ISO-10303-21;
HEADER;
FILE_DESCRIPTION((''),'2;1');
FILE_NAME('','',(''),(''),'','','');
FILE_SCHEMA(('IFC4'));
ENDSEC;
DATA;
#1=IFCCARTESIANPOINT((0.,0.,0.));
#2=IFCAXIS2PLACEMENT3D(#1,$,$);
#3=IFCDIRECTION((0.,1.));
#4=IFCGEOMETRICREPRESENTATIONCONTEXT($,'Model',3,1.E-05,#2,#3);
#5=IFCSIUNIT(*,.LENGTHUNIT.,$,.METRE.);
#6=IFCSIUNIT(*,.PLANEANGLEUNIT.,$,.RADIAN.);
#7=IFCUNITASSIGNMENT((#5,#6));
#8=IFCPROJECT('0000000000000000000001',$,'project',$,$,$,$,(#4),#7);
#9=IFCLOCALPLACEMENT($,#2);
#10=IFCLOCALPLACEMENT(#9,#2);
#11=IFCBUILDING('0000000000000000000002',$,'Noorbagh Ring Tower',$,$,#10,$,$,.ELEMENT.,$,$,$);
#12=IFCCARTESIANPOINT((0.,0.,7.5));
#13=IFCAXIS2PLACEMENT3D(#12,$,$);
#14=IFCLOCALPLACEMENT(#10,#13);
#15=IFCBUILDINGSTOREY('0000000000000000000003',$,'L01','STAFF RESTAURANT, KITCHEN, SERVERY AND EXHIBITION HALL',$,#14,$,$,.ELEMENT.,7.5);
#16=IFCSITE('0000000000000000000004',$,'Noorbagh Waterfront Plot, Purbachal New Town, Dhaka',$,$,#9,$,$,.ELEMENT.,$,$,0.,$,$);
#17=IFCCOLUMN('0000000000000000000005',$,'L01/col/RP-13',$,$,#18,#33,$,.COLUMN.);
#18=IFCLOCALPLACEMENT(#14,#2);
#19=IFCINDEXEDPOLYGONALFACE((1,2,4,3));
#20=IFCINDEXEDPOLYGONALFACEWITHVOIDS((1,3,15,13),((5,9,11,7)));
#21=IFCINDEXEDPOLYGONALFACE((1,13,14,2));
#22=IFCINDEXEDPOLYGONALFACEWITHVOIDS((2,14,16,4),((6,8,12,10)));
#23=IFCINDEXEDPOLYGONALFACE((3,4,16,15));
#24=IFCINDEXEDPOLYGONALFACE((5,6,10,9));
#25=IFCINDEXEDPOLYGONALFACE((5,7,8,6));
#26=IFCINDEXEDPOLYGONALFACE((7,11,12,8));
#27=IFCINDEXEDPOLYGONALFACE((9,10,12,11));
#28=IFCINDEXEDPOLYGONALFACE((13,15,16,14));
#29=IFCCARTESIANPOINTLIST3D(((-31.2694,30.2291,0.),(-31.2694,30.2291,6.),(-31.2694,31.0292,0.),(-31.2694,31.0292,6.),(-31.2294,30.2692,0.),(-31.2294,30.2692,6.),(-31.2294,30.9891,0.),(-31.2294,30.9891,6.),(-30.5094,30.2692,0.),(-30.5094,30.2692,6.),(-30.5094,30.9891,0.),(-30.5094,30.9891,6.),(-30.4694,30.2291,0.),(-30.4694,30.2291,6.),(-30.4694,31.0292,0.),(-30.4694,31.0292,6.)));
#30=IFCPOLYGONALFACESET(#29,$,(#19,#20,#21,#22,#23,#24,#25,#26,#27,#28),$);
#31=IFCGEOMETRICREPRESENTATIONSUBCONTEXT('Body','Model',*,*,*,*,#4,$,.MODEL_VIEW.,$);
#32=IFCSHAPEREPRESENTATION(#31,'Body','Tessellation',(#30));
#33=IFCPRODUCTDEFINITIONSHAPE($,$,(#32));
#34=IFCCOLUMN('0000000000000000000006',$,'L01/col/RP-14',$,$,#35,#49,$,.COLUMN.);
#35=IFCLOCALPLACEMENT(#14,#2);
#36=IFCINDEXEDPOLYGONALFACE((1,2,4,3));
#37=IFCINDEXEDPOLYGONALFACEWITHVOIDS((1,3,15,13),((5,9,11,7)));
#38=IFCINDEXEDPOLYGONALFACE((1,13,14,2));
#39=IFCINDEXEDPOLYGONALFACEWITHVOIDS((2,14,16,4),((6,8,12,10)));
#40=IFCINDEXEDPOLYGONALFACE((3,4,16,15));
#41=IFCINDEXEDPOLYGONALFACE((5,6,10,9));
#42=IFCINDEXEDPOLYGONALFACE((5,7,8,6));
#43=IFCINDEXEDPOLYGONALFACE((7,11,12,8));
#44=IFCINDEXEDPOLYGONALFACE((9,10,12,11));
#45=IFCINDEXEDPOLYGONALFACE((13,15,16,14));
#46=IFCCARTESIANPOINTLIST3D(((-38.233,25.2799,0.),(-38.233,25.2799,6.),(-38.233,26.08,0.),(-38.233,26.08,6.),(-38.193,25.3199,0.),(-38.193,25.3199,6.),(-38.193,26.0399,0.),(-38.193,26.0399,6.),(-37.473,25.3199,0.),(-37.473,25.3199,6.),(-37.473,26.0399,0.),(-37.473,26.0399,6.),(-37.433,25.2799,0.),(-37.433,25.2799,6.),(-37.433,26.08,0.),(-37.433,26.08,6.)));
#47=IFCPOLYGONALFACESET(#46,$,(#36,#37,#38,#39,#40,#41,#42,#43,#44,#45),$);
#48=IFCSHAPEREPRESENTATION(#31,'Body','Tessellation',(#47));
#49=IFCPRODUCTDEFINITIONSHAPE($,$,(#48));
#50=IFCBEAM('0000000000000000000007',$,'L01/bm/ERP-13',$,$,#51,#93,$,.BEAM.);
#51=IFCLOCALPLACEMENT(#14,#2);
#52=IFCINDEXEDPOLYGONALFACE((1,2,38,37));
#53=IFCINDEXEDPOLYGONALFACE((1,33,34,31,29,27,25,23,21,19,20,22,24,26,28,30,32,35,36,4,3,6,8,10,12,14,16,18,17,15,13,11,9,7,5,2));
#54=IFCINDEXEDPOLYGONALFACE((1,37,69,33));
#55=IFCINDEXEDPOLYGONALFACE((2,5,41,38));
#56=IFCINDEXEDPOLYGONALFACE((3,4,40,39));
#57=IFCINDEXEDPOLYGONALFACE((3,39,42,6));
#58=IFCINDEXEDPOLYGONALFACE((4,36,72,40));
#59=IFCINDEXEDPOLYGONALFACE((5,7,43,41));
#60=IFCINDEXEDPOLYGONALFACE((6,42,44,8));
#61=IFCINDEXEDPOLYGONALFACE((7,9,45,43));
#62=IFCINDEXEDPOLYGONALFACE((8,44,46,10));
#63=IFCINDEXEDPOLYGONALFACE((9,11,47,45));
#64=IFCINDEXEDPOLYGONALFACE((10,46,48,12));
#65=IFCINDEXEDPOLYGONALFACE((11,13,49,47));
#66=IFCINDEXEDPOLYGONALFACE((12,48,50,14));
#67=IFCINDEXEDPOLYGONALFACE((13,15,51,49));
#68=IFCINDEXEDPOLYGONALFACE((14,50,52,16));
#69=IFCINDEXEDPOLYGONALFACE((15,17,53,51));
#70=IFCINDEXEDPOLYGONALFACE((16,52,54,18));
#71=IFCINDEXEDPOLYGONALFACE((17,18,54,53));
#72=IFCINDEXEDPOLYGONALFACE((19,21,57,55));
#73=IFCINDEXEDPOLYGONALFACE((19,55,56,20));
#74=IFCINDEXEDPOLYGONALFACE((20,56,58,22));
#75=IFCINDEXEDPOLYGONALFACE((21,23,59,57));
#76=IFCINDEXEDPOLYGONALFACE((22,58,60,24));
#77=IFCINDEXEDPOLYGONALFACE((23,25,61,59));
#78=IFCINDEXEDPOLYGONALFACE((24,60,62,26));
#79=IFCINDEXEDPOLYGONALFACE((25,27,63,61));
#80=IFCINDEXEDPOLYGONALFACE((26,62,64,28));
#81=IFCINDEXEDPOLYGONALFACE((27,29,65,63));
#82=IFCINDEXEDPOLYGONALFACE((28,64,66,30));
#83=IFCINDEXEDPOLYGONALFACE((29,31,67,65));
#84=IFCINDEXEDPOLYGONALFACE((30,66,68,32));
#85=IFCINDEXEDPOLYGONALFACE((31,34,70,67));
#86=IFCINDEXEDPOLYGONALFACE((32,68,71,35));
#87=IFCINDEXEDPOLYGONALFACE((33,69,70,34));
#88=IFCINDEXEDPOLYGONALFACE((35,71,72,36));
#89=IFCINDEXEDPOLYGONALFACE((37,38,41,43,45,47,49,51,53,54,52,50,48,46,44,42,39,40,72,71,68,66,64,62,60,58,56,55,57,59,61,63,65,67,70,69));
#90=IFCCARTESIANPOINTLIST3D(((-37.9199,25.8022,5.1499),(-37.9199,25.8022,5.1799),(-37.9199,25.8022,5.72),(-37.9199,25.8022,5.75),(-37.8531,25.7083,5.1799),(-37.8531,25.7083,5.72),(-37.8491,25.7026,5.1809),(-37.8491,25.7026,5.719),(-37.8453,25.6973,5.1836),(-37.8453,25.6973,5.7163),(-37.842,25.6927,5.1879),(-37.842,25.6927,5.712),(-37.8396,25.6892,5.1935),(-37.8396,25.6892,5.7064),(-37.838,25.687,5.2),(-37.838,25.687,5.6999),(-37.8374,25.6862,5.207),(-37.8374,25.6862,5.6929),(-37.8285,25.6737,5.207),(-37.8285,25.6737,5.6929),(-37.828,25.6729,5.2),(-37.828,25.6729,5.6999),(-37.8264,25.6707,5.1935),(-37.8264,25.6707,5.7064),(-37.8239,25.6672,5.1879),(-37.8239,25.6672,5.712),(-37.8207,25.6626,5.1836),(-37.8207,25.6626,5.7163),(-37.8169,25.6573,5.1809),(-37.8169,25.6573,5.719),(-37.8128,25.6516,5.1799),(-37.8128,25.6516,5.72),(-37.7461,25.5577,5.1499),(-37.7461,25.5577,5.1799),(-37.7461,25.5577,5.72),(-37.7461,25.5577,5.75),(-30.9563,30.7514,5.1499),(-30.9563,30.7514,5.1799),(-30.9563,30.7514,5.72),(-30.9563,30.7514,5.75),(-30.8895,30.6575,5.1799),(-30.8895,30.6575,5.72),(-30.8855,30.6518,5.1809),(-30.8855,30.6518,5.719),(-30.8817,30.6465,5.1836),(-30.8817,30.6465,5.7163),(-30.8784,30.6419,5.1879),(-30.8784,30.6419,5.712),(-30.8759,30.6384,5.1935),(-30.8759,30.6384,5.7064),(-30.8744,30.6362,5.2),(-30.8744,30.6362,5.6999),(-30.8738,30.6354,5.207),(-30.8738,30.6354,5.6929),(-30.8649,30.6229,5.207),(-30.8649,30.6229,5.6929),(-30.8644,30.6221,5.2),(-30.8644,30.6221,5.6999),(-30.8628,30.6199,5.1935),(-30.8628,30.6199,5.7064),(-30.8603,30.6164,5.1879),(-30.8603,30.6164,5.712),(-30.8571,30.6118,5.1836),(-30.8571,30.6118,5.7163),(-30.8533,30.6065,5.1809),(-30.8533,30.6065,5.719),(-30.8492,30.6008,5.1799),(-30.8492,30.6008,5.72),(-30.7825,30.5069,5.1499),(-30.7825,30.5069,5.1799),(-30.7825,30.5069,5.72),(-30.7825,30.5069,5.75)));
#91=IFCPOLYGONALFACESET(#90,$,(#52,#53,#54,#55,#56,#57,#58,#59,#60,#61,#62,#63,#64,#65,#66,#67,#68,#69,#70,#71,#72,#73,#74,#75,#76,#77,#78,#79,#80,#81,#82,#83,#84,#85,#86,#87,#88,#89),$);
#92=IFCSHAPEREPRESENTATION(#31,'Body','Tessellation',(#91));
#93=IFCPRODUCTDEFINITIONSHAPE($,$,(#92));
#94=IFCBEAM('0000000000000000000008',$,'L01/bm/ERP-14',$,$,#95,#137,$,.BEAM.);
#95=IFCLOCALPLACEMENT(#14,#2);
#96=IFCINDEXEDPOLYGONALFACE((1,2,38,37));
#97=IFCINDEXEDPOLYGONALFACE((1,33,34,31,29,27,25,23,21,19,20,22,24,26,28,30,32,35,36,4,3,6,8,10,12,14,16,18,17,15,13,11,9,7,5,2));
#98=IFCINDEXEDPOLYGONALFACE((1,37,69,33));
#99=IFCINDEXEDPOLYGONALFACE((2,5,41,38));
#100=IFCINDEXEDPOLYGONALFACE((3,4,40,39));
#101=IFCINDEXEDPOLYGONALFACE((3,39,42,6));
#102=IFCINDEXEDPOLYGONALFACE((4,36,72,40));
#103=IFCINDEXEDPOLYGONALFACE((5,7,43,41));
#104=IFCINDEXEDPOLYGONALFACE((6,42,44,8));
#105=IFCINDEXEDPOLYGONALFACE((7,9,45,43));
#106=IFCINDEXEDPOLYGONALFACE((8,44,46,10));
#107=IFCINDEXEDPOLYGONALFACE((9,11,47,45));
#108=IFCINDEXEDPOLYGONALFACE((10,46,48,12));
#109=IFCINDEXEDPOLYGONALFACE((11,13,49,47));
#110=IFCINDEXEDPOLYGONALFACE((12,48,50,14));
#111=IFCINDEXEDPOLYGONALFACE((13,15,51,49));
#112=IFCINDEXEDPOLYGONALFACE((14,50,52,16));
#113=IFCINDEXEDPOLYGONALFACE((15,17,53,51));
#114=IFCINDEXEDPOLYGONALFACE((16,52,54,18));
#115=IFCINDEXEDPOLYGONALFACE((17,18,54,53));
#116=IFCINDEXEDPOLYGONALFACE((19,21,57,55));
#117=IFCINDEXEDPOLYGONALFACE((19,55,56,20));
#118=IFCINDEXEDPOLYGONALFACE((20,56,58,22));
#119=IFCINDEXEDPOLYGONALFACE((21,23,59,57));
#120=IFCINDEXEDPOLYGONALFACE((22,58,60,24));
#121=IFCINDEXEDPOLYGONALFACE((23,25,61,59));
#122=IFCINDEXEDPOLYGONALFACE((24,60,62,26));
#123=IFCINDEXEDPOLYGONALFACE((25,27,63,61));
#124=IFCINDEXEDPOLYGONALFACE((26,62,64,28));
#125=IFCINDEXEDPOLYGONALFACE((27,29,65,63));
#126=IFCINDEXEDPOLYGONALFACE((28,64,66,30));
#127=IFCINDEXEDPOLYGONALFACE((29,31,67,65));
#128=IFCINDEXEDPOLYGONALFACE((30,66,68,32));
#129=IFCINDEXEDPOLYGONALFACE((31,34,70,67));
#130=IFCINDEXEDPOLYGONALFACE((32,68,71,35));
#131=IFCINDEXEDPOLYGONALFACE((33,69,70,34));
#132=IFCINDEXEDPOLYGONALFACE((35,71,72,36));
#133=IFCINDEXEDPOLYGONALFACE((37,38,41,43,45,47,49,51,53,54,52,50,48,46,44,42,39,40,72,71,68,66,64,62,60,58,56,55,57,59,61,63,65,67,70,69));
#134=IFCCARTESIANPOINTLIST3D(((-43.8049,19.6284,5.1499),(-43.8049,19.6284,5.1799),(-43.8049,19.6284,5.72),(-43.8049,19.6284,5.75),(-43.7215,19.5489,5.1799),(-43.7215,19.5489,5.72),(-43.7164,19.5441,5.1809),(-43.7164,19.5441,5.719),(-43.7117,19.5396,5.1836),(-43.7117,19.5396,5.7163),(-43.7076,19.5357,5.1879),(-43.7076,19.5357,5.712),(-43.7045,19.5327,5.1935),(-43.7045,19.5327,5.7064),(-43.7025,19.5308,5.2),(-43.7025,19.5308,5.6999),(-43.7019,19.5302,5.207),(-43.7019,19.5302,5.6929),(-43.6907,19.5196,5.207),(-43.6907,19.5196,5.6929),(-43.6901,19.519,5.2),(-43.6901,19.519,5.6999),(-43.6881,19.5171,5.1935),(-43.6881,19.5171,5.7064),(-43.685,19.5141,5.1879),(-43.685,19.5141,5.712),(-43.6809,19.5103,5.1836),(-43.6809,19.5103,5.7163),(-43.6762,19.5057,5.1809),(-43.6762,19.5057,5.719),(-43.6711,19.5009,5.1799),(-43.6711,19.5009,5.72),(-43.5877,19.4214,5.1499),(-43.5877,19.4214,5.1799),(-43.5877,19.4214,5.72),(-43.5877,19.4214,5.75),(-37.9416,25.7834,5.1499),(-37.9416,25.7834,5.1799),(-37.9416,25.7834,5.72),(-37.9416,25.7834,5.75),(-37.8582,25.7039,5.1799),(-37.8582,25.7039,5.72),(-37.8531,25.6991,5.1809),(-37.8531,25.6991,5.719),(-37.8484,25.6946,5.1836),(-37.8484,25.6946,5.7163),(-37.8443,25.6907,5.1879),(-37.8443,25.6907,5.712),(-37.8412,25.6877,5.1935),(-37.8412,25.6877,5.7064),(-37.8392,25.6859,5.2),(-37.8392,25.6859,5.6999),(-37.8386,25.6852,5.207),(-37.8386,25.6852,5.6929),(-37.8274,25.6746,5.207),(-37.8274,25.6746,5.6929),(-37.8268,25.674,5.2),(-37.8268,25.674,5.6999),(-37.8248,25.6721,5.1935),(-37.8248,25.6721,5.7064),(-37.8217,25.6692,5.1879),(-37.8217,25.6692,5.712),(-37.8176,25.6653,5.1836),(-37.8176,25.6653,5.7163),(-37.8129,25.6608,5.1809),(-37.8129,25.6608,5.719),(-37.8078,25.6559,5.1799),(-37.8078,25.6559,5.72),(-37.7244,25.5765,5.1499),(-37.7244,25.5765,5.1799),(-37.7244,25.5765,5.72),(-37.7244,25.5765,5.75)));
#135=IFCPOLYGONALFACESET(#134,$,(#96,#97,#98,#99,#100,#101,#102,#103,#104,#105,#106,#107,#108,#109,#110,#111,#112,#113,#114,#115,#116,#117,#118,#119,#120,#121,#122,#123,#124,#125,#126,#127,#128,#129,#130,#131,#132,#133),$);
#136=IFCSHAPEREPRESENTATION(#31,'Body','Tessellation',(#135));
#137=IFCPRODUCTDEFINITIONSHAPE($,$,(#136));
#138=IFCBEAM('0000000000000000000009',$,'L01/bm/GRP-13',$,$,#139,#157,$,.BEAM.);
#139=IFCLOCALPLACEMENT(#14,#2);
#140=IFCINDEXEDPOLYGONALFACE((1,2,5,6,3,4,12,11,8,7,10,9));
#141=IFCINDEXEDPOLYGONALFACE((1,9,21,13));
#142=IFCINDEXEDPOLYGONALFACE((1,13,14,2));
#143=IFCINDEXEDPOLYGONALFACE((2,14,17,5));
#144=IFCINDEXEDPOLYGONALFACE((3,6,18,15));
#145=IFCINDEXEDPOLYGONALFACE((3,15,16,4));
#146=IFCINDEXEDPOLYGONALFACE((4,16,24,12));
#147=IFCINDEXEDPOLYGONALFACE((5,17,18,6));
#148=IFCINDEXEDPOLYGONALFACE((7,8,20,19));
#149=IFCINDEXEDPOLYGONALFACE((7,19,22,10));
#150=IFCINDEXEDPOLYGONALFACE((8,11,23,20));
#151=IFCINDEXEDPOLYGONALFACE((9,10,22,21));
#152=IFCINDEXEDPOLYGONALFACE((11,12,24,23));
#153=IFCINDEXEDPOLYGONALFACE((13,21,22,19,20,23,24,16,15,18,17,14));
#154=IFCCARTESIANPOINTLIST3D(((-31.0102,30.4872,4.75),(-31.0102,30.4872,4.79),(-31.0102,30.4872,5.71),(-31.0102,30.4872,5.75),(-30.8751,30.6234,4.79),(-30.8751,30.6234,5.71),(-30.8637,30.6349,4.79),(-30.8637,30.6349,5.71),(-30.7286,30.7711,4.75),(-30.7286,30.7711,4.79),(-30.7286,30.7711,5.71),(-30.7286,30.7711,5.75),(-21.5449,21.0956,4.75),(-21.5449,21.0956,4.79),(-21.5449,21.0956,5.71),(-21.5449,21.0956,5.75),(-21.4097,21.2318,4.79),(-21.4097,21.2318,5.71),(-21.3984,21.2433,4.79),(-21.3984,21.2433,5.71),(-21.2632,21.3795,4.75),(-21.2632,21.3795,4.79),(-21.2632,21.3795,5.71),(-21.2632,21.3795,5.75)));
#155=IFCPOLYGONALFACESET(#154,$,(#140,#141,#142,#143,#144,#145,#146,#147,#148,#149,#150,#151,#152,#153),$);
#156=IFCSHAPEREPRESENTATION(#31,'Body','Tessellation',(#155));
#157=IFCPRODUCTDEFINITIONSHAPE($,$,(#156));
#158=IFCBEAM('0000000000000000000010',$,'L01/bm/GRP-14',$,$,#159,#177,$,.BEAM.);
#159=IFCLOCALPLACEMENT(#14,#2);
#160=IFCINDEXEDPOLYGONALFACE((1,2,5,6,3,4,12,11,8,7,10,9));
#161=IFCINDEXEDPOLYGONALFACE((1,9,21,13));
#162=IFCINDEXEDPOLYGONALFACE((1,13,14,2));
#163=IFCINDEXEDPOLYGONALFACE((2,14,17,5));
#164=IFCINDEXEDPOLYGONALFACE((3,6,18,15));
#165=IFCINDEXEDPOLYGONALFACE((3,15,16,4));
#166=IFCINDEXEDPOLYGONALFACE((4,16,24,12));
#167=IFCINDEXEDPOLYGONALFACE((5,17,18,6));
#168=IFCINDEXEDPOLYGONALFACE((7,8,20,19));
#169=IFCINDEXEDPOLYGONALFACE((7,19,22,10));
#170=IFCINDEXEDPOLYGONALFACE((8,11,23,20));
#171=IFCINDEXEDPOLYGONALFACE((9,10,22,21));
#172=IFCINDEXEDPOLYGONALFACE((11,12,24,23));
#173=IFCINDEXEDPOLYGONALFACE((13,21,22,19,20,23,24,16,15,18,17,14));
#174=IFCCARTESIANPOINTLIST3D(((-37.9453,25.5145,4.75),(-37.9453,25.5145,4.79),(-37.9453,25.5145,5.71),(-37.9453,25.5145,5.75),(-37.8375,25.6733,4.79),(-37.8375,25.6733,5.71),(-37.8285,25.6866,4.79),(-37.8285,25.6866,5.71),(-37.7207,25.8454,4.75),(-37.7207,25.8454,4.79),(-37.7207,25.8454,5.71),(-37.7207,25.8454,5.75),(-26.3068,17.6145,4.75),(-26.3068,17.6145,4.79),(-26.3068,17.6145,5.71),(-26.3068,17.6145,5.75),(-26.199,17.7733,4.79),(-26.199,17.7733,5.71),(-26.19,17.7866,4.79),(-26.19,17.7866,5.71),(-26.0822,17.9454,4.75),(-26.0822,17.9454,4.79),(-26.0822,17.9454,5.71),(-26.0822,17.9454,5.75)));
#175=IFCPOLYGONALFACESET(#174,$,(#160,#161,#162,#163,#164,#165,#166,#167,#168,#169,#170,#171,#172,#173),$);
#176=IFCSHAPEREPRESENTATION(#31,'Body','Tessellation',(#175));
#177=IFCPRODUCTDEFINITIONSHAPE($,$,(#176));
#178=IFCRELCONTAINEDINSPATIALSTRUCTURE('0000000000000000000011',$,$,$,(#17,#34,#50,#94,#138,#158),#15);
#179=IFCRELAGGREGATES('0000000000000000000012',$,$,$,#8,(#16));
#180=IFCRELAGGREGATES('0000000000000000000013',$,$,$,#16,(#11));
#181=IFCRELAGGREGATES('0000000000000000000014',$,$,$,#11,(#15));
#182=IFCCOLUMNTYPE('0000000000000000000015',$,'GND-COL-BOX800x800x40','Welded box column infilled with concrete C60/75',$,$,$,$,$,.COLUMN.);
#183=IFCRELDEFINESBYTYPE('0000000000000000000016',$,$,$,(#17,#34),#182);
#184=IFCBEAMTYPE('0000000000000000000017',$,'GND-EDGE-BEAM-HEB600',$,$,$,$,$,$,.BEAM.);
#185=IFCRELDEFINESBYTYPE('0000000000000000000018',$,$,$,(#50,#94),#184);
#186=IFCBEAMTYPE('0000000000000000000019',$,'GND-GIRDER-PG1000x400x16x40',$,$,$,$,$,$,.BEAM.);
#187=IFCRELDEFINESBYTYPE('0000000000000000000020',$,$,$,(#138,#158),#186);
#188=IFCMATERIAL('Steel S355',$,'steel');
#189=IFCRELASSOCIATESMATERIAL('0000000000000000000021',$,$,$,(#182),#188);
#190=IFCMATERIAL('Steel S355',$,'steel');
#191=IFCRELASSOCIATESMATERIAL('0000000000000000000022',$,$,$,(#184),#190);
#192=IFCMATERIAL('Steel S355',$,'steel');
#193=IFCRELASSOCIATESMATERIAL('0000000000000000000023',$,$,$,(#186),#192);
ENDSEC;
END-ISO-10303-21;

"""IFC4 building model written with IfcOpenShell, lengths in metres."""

from ifc_helpers import new_model, si_unit, direction, frame, origin, origin_2d, place, context, subcontext, project, spatial, hollow_rectangle, i_section, extrude, material, material_profile, profile_set, type_object, element, save


model = new_model("IFC4")

# Units and contexts
model_context = context("Model", 3, precision=1e-05, world=origin(), true_north=direction((0.0, 1.0)))
body_context = subcontext(model_context, "Body", "Model", "MODEL_VIEW")
ifc_project = project(units=[si_unit("LENGTHUNIT", "METRE"), si_unit("PLANEANGLEUNIT", "RADIAN")], contexts=[model_context])

# Site, building, storey
site_placement = place(None, origin())
site = spatial("IfcSite", under=ifc_project, at=site_placement, Name="Noorbagh Waterfront Plot, Purbachal New Town, Dhaka", CompositionType="ELEMENT", RefElevation=0.0)
building_placement = place(site_placement, origin())
building = spatial("IfcBuilding", under=site, at=building_placement, Name="Noorbagh Ring Tower", CompositionType="ELEMENT")
storey_placement = place(building_placement, frame((0.0, 0.0, 7.5)))
storey = spatial("IfcBuildingStorey", under=building, at=storey_placement, Name="L01", Description="STAFF RESTAURANT, KITCHEN, SERVERY AND EXHIBITION HALL", CompositionType="ELEMENT", Elevation=7.5)

# Columns
ifc_material_1 = material(Name="Steel S355", Category="steel")
ifc_material_profile_1 = material_profile(ifc_material_1, hollow_rectangle(XDim=0.8, YDim=0.8, WallThickness=0.04, at=origin_2d()), Name="BOX800x800x40")
ifc_profile_set_1 = profile_set([ifc_material_profile_1], Name="Steel S355")
column_type = type_object("IfcColumnType", Name="GND-COL-BOX800x800x40", Description="Welded box column infilled with concrete C60/75", PredefinedType="COLUMN", material=ifc_profile_set_1)
for number, where, z_axis, x_axis, name in (
    (1, (-30.8694, 30.6292, 0.0), (0.0, 0.0, 1.0), (1.0, 0.0, 0.0), "L01/col/RP-13"),
    (2, (-37.833, 25.6799, 0.0), (0.0, 0.0, 1.0), (1.0, 0.0, 0.0), "L01/col/RP-14"),
):
    element("IfcColumn", number, at=place(storey_placement, frame(where, z_axis=z_axis, x_axis=x_axis)), inside=storey, type_object=column_type, Name=name, PredefinedType="COLUMN", context=body_context, shape_type="SweptSolid", body=[
        extrude(hollow_rectangle(XDim=0.8, YDim=0.8, WallThickness=0.04, at=origin_2d()), origin(), (0.0, 0.0, 1.0), 6.0),
    ])

# Beams
ifc_material_2 = material(Name="Steel S355", Category="steel")
ifc_material_profile_2 = material_profile(ifc_material_2, i_section(OverallWidth=0.3, OverallDepth=0.6001, WebThickness=0.0154, FlangeThickness=0.03, FilletRadius=0.0271, at=origin_2d()), Name="HEB600")
ifc_profile_set_2 = profile_set([ifc_material_profile_2], Name="Steel S355")
beam_type_1 = type_object("IfcBeamType", Name="GND-EDGE-BEAM-HEB600", PredefinedType="BEAM", material=ifc_profile_set_2)
beam_1_placement = place(storey_placement, frame((-30.8694, 30.6292, 5.45), z_axis=(-0.815104, -0.579315, 0.0), x_axis=(0.579315, -0.815104, 0.0)))
element("IfcBeam", 3, at=beam_1_placement, inside=storey, type_object=beam_type_1, Name="L01/bm/ERP-13", PredefinedType="BEAM", context=body_context, shape_type="SweptSolid", body=[
    extrude(i_section(OverallWidth=0.3, OverallDepth=0.6001, WebThickness=0.0154, FlangeThickness=0.03, FilletRadius=0.0271, at=origin_2d()), origin(), (0.0, 0.0, 1.0), 8.5432),
])
beam_2_placement = place(storey_placement, frame((-37.833, 25.6799, 5.45), z_axis=(-0.689738, -0.724059, 0.0), x_axis=(0.724059, -0.689738, 0.0)))
element("IfcBeam", 4, at=beam_2_placement, inside=storey, type_object=beam_type_1, Name="L01/bm/ERP-14", PredefinedType="BEAM", context=body_context, shape_type="SweptSolid", body=[
    extrude(i_section(OverallWidth=0.3, OverallDepth=0.6001, WebThickness=0.0154, FlangeThickness=0.03, FilletRadius=0.0271, at=origin_2d()), origin(), (0.0, 0.0, 1.0), 8.5007),
])
ifc_material_3 = material(Name="Steel S355", Category="steel")
ifc_material_profile_3 = material_profile(ifc_material_3, i_section(OverallWidth=0.3999, OverallDepth=1.0, WebThickness=0.0161, FlangeThickness=0.04, at=origin_2d()), Name="PG1000x400x16x40")
ifc_profile_set_3 = profile_set([ifc_material_profile_3], Name="Steel S355")
beam_type_2 = type_object("IfcBeamType", Name="GND-GIRDER-PG1000x400x16x40", PredefinedType="BEAM", material=ifc_profile_set_3)
beam_3_placement = place(storey_placement, frame((-30.8694, 30.6292, 5.25), z_axis=(0.709866, -0.704337, 0.0), x_axis=(0.704337, 0.709866, 0.0)))
element("IfcBeam", 5, at=beam_3_placement, inside=storey, type_object=beam_type_2, Name="L01/bm/GRP-13", PredefinedType="BEAM", context=body_context, shape_type="SweptSolid", body=[
    extrude(i_section(OverallWidth=0.3999, OverallDepth=1.0, WebThickness=0.0161, FlangeThickness=0.04, at=origin_2d()), origin(), (0.0, 0.0, 1.0), 13.334),
])
beam_4_placement = place(storey_placement, frame((-37.833, 25.6799, 5.25), z_axis=(0.827397, -0.561618, 0.0), x_axis=(0.561618, 0.827397, 0.0)))
element("IfcBeam", 6, at=beam_4_placement, inside=storey, type_object=beam_type_2, Name="L01/bm/GRP-14", PredefinedType="BEAM", context=body_context, shape_type="SweptSolid", body=[
    extrude(i_section(OverallWidth=0.3999, OverallDepth=1.0, WebThickness=0.0161, FlangeThickness=0.04, at=origin_2d()), origin(), (0.0, 0.0, 1.0), 14.0664),
])

save(model, "model.ifc")
